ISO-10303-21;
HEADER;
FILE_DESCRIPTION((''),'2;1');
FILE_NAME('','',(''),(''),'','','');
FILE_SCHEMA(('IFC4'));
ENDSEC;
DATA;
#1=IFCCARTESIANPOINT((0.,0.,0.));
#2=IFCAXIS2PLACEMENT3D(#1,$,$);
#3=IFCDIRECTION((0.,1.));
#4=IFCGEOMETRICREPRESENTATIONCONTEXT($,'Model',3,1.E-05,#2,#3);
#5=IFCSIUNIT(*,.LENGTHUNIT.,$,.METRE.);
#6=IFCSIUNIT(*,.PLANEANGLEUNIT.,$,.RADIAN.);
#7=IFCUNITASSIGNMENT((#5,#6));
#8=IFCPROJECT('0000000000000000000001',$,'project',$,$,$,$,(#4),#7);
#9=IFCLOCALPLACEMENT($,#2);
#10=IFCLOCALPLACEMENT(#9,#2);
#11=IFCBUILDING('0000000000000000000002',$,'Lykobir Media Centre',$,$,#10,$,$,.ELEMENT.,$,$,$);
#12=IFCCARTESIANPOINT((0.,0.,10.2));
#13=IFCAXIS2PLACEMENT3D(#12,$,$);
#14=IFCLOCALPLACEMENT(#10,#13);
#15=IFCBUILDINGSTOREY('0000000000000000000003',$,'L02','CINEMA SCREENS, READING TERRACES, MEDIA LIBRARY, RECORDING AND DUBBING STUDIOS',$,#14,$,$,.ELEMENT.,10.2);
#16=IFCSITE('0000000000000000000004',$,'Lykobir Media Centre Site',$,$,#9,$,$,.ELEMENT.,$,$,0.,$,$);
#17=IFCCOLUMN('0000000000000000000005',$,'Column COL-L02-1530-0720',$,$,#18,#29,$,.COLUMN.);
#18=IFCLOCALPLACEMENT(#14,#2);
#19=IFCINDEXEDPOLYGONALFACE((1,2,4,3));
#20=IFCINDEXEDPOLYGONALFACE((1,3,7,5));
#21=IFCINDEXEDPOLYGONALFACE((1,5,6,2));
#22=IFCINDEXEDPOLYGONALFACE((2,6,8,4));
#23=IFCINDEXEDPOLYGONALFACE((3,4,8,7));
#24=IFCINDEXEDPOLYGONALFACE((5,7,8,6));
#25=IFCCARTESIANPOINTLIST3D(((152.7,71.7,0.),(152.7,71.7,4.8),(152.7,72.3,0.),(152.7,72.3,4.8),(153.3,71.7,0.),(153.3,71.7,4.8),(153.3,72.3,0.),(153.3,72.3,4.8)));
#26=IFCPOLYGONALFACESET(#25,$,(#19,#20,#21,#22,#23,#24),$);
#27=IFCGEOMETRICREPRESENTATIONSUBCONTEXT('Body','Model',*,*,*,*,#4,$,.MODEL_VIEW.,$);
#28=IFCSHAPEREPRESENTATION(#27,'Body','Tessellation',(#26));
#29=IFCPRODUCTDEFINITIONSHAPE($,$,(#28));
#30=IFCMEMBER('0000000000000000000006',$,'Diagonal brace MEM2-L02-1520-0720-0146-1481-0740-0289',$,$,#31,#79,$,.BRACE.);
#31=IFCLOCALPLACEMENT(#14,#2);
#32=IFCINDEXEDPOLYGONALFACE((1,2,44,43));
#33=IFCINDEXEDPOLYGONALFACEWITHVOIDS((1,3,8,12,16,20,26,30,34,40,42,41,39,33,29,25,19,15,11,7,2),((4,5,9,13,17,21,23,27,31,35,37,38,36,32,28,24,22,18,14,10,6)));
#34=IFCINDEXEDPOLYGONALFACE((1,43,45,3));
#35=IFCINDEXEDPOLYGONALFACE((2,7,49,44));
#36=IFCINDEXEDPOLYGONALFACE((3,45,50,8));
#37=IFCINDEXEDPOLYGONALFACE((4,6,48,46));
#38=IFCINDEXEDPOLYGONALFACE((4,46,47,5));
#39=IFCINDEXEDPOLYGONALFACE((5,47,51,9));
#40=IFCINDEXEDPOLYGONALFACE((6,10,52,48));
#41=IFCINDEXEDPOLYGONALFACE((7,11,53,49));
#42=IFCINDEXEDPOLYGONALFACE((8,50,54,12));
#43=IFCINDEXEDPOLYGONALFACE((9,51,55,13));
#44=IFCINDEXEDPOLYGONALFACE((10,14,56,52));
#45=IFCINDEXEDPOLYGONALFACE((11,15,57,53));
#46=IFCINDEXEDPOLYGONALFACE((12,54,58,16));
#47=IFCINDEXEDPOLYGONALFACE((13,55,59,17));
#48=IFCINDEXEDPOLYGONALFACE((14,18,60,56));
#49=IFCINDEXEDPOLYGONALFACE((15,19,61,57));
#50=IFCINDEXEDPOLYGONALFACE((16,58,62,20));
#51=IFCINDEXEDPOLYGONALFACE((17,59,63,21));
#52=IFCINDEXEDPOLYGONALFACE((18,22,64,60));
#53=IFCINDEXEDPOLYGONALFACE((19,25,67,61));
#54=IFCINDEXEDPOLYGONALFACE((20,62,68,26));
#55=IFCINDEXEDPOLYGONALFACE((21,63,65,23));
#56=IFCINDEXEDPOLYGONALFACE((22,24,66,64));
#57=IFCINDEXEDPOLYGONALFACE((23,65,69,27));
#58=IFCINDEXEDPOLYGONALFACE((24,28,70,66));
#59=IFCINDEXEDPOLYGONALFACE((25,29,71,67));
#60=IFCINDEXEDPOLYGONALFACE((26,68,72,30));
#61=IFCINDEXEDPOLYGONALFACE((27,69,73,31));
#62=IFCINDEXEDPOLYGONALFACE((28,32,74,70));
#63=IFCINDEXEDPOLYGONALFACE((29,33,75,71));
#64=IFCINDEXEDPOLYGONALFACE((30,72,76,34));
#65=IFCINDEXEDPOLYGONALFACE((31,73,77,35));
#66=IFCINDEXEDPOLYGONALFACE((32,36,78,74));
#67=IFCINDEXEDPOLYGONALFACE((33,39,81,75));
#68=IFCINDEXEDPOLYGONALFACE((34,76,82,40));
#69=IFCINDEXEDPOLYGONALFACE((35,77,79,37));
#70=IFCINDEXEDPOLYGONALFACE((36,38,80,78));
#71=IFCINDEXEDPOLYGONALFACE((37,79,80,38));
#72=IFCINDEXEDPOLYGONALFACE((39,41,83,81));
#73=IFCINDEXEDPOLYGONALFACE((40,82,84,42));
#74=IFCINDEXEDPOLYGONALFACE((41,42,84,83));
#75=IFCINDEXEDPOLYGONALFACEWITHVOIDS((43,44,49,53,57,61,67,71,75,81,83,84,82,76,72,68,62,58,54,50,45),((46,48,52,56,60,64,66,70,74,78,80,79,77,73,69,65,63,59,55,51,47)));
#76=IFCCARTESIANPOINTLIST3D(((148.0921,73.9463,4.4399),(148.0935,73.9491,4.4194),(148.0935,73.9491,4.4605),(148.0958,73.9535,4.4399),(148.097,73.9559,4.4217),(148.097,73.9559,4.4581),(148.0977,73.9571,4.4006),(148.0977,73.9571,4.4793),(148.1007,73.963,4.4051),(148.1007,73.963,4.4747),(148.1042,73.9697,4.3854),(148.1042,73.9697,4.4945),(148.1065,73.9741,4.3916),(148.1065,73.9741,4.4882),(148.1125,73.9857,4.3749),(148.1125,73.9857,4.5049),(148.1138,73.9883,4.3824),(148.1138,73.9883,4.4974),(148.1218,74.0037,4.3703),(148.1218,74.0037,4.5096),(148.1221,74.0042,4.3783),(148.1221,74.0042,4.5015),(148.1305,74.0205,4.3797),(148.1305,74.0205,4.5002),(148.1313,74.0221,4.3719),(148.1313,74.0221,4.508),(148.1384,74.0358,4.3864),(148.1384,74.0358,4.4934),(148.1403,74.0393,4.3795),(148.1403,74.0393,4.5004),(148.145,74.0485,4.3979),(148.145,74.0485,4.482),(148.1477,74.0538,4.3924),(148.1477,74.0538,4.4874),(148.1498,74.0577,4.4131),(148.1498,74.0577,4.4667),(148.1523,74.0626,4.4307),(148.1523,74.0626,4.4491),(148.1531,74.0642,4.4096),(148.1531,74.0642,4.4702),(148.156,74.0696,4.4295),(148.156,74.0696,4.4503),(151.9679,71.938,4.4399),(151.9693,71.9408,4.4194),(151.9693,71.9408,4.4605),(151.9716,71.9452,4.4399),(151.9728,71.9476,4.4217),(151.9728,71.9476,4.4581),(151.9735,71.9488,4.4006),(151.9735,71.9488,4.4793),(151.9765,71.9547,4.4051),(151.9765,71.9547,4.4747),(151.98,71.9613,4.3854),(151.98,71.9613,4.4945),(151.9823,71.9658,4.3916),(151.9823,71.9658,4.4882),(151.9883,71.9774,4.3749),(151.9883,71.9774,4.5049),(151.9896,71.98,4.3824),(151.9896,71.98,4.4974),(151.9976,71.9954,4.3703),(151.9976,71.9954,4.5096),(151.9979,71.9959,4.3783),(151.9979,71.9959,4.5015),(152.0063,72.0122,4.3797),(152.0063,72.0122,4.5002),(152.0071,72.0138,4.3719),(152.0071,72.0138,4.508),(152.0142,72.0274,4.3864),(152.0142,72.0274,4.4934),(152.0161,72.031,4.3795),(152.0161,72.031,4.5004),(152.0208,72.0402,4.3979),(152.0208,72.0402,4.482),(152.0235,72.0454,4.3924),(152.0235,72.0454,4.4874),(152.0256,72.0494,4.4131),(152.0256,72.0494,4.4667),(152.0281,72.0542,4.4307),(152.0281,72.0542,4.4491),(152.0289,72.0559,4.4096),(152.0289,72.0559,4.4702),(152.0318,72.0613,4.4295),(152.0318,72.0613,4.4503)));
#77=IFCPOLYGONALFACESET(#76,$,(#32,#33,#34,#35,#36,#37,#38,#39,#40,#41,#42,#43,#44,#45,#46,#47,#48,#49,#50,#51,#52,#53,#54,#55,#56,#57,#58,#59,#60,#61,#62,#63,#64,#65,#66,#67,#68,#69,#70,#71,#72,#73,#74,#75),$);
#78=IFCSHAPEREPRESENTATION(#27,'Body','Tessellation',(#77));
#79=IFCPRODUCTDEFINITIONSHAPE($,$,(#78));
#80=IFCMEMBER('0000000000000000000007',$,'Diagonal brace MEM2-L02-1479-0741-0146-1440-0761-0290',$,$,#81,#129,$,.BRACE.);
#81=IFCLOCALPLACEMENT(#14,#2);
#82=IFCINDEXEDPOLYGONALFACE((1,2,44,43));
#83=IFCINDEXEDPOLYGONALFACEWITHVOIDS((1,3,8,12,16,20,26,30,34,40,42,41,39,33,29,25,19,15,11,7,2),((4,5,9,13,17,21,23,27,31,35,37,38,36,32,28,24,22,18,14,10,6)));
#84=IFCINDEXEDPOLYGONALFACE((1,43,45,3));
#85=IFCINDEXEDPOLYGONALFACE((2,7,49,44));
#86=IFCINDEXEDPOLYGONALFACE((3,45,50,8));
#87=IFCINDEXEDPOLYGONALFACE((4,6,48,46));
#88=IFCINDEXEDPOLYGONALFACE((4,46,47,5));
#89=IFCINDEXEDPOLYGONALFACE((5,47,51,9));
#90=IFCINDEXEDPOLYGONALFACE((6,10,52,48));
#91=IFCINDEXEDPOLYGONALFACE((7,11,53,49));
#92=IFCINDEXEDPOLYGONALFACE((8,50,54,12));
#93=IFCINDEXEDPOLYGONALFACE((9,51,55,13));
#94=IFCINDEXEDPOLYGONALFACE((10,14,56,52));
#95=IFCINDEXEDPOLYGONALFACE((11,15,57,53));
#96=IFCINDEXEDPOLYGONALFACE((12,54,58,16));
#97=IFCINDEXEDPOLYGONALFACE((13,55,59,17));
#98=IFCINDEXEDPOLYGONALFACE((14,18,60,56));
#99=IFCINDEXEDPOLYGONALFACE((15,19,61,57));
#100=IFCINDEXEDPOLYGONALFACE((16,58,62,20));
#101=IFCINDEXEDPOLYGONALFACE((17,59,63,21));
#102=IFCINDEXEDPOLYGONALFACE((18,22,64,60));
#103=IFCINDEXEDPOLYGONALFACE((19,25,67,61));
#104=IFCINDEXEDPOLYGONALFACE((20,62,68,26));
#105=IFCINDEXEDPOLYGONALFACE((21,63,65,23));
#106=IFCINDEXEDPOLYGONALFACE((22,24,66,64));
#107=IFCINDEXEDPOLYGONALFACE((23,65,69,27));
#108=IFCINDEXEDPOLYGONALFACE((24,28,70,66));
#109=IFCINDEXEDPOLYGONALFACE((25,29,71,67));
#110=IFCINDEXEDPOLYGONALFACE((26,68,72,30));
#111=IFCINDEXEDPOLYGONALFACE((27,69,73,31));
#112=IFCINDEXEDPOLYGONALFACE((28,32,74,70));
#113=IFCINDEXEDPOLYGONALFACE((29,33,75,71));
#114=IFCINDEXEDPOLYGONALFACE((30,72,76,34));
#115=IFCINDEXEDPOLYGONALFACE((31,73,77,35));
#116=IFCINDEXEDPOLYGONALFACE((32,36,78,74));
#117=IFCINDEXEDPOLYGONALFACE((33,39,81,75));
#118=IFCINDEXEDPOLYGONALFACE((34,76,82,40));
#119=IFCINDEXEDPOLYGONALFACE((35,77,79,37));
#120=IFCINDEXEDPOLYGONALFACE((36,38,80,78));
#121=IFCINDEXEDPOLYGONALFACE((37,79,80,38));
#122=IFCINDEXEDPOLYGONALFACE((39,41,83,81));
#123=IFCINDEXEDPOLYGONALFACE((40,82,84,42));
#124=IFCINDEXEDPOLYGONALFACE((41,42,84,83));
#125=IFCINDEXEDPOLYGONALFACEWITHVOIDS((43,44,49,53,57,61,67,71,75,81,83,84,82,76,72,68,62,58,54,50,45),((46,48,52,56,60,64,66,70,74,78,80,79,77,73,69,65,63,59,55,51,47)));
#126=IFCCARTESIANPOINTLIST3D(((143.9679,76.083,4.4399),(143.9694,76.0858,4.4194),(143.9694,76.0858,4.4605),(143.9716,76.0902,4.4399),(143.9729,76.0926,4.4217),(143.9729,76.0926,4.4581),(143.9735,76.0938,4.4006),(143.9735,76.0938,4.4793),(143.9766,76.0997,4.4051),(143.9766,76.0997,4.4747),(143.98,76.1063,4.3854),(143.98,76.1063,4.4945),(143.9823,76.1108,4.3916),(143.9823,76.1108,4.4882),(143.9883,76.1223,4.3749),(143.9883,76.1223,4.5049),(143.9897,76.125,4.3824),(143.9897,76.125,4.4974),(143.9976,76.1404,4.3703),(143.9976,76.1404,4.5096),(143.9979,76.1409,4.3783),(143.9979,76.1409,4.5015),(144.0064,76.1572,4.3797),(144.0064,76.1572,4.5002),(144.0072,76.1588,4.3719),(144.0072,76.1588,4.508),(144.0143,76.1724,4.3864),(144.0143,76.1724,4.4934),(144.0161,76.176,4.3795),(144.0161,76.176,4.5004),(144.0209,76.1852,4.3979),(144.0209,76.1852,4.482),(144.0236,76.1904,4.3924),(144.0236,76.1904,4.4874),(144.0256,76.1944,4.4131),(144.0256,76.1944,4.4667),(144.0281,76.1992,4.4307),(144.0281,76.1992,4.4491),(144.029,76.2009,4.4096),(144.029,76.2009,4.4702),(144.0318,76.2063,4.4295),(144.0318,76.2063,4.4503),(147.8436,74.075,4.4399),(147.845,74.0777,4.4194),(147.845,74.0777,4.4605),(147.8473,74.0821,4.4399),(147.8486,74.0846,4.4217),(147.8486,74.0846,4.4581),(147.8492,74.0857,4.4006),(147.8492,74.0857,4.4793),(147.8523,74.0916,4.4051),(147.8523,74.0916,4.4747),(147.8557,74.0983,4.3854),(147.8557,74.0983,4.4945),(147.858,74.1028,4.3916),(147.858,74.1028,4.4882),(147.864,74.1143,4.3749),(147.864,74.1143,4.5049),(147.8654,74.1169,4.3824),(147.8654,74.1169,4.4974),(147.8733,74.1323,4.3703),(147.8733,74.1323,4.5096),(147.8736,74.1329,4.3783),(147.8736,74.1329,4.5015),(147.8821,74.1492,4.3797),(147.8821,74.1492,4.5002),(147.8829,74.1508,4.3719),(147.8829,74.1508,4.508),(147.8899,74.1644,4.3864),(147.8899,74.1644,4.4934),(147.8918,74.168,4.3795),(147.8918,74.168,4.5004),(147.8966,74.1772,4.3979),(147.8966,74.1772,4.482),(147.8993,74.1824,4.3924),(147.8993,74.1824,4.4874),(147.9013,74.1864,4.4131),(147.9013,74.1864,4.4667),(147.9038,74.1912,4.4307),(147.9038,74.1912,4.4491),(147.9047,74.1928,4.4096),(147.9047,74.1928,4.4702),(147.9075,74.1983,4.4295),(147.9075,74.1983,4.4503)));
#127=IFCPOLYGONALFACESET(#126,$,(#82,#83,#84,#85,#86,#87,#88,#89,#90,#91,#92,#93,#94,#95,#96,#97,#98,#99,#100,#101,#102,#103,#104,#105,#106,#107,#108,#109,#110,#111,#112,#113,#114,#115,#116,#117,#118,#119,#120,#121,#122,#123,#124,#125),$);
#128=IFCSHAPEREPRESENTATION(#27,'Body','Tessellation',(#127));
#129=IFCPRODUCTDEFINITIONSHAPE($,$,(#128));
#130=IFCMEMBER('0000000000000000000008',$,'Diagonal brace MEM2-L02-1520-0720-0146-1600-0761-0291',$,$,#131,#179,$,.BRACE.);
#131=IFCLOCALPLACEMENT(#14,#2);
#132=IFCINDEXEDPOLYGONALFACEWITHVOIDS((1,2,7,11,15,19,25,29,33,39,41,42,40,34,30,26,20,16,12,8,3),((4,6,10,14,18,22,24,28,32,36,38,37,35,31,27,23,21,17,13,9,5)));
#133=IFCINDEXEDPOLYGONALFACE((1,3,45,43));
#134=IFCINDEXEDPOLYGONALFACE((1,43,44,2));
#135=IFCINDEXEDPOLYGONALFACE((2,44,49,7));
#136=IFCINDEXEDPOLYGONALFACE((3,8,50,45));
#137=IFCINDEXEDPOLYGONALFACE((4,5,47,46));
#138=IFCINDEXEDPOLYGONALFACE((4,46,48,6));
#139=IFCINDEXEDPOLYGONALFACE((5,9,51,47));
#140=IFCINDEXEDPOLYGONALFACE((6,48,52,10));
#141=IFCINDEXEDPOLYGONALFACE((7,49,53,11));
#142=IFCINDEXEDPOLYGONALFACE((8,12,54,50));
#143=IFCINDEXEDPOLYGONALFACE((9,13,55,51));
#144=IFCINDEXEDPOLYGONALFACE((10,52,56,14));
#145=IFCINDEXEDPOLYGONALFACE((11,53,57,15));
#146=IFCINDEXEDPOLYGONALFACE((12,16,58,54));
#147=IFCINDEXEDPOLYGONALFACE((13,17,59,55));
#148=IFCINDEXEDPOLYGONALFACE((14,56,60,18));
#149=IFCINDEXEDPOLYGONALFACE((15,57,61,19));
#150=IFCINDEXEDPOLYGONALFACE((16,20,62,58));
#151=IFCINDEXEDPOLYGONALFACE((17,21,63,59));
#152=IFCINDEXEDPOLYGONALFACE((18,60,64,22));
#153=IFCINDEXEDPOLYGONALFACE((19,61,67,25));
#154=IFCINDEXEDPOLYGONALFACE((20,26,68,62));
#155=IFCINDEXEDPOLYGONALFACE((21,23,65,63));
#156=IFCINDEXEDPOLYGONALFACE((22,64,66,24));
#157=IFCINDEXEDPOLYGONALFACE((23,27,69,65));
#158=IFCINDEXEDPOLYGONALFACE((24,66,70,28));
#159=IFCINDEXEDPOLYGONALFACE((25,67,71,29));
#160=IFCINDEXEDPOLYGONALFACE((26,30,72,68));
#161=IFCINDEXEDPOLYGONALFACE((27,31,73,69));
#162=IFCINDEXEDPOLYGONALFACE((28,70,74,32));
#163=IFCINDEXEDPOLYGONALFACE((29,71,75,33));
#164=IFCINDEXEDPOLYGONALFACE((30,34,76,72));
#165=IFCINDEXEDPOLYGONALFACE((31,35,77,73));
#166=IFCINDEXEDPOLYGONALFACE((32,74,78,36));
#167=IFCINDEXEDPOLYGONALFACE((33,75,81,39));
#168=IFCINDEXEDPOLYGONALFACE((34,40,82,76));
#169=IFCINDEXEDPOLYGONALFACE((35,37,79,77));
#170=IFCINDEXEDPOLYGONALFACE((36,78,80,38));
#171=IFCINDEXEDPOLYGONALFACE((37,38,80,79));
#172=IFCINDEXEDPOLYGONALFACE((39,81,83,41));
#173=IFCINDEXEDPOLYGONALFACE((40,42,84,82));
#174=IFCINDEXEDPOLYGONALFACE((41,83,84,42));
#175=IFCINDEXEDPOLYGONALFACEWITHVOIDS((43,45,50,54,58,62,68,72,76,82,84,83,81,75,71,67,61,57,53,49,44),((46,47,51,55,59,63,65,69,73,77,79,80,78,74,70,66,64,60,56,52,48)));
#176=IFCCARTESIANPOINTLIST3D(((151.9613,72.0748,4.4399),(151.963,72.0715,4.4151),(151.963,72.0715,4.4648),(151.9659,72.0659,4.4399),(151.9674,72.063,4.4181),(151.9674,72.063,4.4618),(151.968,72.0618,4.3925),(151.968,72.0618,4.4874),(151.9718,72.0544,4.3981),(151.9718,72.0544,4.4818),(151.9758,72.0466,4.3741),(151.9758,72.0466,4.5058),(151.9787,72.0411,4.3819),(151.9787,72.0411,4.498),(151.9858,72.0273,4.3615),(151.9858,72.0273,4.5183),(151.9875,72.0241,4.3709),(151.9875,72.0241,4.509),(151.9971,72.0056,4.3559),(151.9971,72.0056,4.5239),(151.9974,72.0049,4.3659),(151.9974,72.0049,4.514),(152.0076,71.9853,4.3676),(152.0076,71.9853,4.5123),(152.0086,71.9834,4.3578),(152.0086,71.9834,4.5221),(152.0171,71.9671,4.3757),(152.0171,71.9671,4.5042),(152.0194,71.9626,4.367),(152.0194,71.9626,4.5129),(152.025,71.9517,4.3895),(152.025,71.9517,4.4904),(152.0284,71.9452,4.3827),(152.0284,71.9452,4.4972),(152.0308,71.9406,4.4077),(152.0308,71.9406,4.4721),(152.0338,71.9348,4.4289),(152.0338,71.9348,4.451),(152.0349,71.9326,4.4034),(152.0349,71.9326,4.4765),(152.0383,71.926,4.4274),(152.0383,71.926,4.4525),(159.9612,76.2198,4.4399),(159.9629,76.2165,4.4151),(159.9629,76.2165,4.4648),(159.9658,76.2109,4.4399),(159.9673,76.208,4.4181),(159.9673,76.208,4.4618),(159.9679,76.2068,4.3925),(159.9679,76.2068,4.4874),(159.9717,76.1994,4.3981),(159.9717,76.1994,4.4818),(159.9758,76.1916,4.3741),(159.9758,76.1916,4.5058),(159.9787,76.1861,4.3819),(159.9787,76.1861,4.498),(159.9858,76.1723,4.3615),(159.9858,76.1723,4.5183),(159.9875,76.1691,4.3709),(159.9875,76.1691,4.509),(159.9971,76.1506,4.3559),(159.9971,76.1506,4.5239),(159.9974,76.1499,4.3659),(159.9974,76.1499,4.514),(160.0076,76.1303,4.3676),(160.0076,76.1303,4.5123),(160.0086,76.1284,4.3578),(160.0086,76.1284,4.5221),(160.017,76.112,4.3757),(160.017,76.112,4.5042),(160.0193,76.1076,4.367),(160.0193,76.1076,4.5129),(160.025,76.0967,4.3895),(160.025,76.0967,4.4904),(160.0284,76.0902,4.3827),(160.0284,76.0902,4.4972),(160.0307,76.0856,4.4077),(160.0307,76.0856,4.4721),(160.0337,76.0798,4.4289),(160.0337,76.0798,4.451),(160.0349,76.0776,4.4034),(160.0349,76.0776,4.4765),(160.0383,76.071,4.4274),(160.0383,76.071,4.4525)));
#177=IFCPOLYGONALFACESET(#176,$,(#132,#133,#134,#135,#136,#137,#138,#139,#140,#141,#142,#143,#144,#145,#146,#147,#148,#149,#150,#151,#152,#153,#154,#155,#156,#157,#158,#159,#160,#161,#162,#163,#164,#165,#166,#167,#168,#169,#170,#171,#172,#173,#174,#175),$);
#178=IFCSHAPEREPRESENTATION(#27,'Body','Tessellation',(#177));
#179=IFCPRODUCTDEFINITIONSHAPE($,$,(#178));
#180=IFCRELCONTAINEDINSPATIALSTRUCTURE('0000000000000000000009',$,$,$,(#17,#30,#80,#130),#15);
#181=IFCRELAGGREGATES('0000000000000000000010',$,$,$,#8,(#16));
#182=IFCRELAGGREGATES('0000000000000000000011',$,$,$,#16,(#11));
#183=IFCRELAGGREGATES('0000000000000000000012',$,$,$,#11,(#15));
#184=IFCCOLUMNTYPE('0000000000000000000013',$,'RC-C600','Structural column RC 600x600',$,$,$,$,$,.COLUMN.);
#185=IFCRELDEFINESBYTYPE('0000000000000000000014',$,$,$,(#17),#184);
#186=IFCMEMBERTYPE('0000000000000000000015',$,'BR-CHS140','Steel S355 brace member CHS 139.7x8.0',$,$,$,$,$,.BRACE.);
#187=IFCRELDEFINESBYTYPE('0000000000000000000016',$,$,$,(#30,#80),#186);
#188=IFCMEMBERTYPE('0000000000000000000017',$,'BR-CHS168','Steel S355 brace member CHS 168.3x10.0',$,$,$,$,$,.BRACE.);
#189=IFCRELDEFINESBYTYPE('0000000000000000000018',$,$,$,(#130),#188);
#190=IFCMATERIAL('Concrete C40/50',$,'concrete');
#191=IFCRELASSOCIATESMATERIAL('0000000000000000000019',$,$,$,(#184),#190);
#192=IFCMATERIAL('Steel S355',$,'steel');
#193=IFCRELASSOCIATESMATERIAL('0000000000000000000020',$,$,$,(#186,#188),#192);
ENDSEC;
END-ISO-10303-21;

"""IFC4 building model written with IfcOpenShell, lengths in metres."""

from ifc_helpers import new_model, si_unit, direction, frame, origin, origin_2d, place, context, subcontext, project, spatial, rectangle, hollow_circle, extrude, material, material_profile, profile_set, type_object, element, save


model = new_model("IFC4")

# Units and contexts
model_context = context("Model", 3, precision=1e-05, world=origin(), true_north=direction((0.0, 1.0)))
body_context = subcontext(model_context, "Body", "Model", "MODEL_VIEW")
ifc_project = project(units=[si_unit("LENGTHUNIT", "METRE"), si_unit("PLANEANGLEUNIT", "RADIAN")], contexts=[model_context])

# Site, building, storey
site_placement = place(None, origin())
site = spatial("IfcSite", under=ifc_project, at=site_placement, Name="Lykobir Media Centre Site", CompositionType="ELEMENT", RefElevation=0.0)
building_placement = place(site_placement, origin())
building = spatial("IfcBuilding", under=site, at=building_placement, Name="Lykobir Media Centre", CompositionType="ELEMENT")
storey_placement = place(building_placement, frame((0.0, 0.0, 10.2)))
storey = spatial("IfcBuildingStorey", under=building, at=storey_placement, Name="L02", Description="CINEMA SCREENS, READING TERRACES, MEDIA LIBRARY, RECORDING AND DUBBING STUDIOS", CompositionType="ELEMENT", Elevation=10.2)

# Column
ifc_material_1 = material(Name="Concrete C40/50", Category="concrete")
ifc_material_profile_1 = material_profile(ifc_material_1, rectangle(XDim=0.6001, YDim=0.6001, at=origin_2d()), Name="RC 600x600")
ifc_profile_set_1 = profile_set([ifc_material_profile_1], Name="Concrete C40/50")
column_type = type_object("IfcColumnType", Name="RC-C600", Description="Structural column RC 600x600", PredefinedType="COLUMN", material=ifc_profile_set_1)
column_placement = place(storey_placement, frame((153.0, 72.0, 0.0), z_axis=(0.0, 0.0, 1.0), x_axis=(1.0, 0.0, 0.0)))
element("IfcColumn", 1, at=column_placement, inside=storey, type_object=column_type, Name="Column COL-L02-1530-0720", PredefinedType="COLUMN", context=body_context, shape_type="SweptSolid", body=[
    extrude(rectangle(XDim=0.6001, YDim=0.6001, at=origin_2d()), origin(), (0.0, 0.0, 1.0), 4.8),
])

# Members
ifc_material_2 = material(Name="Steel S355", Category="steel")
ifc_material_profile_2 = material_profile(ifc_material_2, hollow_circle(Radius=0.0698, WallThickness=0.0081, at=origin_2d()), Name="CHS 139.7x8.0")
ifc_profile_set_2 = profile_set([ifc_material_profile_2], Name="Steel S355")
member_type_1 = type_object("IfcMemberType", Name="BR-CHS140", Description="Steel S355 brace member CHS 139.7x8.0", PredefinedType="BRACE", material=ifc_profile_set_2)
member_1_placement = place(storey_placement, frame((152.0, 72.0, 4.4399), z_axis=(-0.88788, 0.460076, 0.0), x_axis=(-0.460076, -0.88788, 0.0)))
element("IfcMember", 2, at=member_1_placement, inside=storey, type_object=member_type_1, Name="Diagonal brace MEM2-L02-1520-0720-0146-1481-0740-0289", PredefinedType="BRACE", context=body_context, shape_type="SweptSolid", body=[
    extrude(hollow_circle(Radius=0.0698, WallThickness=0.0081, at=origin_2d()), origin(), (0.0, 0.0, 1.0), 4.3652),
])
member_2_placement = place(storey_placement, frame((147.8757, 74.137, 4.4399), z_axis=(-0.887903, 0.460031, 0.0), x_axis=(-0.460031, -0.887903, 0.0)))
element("IfcMember", 3, at=member_2_placement, inside=storey, type_object=member_type_1, Name="Diagonal brace MEM2-L02-1479-0741-0146-1440-0761-0290", PredefinedType="BRACE", context=body_context, shape_type="SweptSolid", body=[
    extrude(hollow_circle(Radius=0.0698, WallThickness=0.0081, at=origin_2d()), origin(), (0.0, 0.0, 1.0), 4.365),
])
ifc_material_profile_3 = material_profile(ifc_material_2, hollow_circle(Radius=0.0842, WallThickness=0.01, at=origin_2d()), Name="CHS 168.3x10.0")
ifc_profile_set_3 = profile_set([ifc_material_profile_3], Name="Steel S355")
member_type_2 = type_object("IfcMemberType", Name="BR-CHS168", Description="Steel S355 brace member CHS 168.3x10.0", PredefinedType="BRACE", material=ifc_profile_set_3)
member_3_placement = place(storey_placement, frame((152.0, 72.0, 4.4399), z_axis=(0.887896, 0.460043, 0.0), x_axis=(-0.460043, 0.887896, 0.0)))
element("IfcMember", 4, at=member_3_placement, inside=storey, type_object=member_type_2, Name="Diagonal brace MEM2-L02-1520-0720-0146-1600-0761-0291", PredefinedType="BRACE", context=body_context, shape_type="SweptSolid", body=[
    extrude(hollow_circle(Radius=0.0842, WallThickness=0.01, at=origin_2d()), origin(), (0.0, 0.0, 1.0), 9.01),
])

save(model, "model.ifc")
